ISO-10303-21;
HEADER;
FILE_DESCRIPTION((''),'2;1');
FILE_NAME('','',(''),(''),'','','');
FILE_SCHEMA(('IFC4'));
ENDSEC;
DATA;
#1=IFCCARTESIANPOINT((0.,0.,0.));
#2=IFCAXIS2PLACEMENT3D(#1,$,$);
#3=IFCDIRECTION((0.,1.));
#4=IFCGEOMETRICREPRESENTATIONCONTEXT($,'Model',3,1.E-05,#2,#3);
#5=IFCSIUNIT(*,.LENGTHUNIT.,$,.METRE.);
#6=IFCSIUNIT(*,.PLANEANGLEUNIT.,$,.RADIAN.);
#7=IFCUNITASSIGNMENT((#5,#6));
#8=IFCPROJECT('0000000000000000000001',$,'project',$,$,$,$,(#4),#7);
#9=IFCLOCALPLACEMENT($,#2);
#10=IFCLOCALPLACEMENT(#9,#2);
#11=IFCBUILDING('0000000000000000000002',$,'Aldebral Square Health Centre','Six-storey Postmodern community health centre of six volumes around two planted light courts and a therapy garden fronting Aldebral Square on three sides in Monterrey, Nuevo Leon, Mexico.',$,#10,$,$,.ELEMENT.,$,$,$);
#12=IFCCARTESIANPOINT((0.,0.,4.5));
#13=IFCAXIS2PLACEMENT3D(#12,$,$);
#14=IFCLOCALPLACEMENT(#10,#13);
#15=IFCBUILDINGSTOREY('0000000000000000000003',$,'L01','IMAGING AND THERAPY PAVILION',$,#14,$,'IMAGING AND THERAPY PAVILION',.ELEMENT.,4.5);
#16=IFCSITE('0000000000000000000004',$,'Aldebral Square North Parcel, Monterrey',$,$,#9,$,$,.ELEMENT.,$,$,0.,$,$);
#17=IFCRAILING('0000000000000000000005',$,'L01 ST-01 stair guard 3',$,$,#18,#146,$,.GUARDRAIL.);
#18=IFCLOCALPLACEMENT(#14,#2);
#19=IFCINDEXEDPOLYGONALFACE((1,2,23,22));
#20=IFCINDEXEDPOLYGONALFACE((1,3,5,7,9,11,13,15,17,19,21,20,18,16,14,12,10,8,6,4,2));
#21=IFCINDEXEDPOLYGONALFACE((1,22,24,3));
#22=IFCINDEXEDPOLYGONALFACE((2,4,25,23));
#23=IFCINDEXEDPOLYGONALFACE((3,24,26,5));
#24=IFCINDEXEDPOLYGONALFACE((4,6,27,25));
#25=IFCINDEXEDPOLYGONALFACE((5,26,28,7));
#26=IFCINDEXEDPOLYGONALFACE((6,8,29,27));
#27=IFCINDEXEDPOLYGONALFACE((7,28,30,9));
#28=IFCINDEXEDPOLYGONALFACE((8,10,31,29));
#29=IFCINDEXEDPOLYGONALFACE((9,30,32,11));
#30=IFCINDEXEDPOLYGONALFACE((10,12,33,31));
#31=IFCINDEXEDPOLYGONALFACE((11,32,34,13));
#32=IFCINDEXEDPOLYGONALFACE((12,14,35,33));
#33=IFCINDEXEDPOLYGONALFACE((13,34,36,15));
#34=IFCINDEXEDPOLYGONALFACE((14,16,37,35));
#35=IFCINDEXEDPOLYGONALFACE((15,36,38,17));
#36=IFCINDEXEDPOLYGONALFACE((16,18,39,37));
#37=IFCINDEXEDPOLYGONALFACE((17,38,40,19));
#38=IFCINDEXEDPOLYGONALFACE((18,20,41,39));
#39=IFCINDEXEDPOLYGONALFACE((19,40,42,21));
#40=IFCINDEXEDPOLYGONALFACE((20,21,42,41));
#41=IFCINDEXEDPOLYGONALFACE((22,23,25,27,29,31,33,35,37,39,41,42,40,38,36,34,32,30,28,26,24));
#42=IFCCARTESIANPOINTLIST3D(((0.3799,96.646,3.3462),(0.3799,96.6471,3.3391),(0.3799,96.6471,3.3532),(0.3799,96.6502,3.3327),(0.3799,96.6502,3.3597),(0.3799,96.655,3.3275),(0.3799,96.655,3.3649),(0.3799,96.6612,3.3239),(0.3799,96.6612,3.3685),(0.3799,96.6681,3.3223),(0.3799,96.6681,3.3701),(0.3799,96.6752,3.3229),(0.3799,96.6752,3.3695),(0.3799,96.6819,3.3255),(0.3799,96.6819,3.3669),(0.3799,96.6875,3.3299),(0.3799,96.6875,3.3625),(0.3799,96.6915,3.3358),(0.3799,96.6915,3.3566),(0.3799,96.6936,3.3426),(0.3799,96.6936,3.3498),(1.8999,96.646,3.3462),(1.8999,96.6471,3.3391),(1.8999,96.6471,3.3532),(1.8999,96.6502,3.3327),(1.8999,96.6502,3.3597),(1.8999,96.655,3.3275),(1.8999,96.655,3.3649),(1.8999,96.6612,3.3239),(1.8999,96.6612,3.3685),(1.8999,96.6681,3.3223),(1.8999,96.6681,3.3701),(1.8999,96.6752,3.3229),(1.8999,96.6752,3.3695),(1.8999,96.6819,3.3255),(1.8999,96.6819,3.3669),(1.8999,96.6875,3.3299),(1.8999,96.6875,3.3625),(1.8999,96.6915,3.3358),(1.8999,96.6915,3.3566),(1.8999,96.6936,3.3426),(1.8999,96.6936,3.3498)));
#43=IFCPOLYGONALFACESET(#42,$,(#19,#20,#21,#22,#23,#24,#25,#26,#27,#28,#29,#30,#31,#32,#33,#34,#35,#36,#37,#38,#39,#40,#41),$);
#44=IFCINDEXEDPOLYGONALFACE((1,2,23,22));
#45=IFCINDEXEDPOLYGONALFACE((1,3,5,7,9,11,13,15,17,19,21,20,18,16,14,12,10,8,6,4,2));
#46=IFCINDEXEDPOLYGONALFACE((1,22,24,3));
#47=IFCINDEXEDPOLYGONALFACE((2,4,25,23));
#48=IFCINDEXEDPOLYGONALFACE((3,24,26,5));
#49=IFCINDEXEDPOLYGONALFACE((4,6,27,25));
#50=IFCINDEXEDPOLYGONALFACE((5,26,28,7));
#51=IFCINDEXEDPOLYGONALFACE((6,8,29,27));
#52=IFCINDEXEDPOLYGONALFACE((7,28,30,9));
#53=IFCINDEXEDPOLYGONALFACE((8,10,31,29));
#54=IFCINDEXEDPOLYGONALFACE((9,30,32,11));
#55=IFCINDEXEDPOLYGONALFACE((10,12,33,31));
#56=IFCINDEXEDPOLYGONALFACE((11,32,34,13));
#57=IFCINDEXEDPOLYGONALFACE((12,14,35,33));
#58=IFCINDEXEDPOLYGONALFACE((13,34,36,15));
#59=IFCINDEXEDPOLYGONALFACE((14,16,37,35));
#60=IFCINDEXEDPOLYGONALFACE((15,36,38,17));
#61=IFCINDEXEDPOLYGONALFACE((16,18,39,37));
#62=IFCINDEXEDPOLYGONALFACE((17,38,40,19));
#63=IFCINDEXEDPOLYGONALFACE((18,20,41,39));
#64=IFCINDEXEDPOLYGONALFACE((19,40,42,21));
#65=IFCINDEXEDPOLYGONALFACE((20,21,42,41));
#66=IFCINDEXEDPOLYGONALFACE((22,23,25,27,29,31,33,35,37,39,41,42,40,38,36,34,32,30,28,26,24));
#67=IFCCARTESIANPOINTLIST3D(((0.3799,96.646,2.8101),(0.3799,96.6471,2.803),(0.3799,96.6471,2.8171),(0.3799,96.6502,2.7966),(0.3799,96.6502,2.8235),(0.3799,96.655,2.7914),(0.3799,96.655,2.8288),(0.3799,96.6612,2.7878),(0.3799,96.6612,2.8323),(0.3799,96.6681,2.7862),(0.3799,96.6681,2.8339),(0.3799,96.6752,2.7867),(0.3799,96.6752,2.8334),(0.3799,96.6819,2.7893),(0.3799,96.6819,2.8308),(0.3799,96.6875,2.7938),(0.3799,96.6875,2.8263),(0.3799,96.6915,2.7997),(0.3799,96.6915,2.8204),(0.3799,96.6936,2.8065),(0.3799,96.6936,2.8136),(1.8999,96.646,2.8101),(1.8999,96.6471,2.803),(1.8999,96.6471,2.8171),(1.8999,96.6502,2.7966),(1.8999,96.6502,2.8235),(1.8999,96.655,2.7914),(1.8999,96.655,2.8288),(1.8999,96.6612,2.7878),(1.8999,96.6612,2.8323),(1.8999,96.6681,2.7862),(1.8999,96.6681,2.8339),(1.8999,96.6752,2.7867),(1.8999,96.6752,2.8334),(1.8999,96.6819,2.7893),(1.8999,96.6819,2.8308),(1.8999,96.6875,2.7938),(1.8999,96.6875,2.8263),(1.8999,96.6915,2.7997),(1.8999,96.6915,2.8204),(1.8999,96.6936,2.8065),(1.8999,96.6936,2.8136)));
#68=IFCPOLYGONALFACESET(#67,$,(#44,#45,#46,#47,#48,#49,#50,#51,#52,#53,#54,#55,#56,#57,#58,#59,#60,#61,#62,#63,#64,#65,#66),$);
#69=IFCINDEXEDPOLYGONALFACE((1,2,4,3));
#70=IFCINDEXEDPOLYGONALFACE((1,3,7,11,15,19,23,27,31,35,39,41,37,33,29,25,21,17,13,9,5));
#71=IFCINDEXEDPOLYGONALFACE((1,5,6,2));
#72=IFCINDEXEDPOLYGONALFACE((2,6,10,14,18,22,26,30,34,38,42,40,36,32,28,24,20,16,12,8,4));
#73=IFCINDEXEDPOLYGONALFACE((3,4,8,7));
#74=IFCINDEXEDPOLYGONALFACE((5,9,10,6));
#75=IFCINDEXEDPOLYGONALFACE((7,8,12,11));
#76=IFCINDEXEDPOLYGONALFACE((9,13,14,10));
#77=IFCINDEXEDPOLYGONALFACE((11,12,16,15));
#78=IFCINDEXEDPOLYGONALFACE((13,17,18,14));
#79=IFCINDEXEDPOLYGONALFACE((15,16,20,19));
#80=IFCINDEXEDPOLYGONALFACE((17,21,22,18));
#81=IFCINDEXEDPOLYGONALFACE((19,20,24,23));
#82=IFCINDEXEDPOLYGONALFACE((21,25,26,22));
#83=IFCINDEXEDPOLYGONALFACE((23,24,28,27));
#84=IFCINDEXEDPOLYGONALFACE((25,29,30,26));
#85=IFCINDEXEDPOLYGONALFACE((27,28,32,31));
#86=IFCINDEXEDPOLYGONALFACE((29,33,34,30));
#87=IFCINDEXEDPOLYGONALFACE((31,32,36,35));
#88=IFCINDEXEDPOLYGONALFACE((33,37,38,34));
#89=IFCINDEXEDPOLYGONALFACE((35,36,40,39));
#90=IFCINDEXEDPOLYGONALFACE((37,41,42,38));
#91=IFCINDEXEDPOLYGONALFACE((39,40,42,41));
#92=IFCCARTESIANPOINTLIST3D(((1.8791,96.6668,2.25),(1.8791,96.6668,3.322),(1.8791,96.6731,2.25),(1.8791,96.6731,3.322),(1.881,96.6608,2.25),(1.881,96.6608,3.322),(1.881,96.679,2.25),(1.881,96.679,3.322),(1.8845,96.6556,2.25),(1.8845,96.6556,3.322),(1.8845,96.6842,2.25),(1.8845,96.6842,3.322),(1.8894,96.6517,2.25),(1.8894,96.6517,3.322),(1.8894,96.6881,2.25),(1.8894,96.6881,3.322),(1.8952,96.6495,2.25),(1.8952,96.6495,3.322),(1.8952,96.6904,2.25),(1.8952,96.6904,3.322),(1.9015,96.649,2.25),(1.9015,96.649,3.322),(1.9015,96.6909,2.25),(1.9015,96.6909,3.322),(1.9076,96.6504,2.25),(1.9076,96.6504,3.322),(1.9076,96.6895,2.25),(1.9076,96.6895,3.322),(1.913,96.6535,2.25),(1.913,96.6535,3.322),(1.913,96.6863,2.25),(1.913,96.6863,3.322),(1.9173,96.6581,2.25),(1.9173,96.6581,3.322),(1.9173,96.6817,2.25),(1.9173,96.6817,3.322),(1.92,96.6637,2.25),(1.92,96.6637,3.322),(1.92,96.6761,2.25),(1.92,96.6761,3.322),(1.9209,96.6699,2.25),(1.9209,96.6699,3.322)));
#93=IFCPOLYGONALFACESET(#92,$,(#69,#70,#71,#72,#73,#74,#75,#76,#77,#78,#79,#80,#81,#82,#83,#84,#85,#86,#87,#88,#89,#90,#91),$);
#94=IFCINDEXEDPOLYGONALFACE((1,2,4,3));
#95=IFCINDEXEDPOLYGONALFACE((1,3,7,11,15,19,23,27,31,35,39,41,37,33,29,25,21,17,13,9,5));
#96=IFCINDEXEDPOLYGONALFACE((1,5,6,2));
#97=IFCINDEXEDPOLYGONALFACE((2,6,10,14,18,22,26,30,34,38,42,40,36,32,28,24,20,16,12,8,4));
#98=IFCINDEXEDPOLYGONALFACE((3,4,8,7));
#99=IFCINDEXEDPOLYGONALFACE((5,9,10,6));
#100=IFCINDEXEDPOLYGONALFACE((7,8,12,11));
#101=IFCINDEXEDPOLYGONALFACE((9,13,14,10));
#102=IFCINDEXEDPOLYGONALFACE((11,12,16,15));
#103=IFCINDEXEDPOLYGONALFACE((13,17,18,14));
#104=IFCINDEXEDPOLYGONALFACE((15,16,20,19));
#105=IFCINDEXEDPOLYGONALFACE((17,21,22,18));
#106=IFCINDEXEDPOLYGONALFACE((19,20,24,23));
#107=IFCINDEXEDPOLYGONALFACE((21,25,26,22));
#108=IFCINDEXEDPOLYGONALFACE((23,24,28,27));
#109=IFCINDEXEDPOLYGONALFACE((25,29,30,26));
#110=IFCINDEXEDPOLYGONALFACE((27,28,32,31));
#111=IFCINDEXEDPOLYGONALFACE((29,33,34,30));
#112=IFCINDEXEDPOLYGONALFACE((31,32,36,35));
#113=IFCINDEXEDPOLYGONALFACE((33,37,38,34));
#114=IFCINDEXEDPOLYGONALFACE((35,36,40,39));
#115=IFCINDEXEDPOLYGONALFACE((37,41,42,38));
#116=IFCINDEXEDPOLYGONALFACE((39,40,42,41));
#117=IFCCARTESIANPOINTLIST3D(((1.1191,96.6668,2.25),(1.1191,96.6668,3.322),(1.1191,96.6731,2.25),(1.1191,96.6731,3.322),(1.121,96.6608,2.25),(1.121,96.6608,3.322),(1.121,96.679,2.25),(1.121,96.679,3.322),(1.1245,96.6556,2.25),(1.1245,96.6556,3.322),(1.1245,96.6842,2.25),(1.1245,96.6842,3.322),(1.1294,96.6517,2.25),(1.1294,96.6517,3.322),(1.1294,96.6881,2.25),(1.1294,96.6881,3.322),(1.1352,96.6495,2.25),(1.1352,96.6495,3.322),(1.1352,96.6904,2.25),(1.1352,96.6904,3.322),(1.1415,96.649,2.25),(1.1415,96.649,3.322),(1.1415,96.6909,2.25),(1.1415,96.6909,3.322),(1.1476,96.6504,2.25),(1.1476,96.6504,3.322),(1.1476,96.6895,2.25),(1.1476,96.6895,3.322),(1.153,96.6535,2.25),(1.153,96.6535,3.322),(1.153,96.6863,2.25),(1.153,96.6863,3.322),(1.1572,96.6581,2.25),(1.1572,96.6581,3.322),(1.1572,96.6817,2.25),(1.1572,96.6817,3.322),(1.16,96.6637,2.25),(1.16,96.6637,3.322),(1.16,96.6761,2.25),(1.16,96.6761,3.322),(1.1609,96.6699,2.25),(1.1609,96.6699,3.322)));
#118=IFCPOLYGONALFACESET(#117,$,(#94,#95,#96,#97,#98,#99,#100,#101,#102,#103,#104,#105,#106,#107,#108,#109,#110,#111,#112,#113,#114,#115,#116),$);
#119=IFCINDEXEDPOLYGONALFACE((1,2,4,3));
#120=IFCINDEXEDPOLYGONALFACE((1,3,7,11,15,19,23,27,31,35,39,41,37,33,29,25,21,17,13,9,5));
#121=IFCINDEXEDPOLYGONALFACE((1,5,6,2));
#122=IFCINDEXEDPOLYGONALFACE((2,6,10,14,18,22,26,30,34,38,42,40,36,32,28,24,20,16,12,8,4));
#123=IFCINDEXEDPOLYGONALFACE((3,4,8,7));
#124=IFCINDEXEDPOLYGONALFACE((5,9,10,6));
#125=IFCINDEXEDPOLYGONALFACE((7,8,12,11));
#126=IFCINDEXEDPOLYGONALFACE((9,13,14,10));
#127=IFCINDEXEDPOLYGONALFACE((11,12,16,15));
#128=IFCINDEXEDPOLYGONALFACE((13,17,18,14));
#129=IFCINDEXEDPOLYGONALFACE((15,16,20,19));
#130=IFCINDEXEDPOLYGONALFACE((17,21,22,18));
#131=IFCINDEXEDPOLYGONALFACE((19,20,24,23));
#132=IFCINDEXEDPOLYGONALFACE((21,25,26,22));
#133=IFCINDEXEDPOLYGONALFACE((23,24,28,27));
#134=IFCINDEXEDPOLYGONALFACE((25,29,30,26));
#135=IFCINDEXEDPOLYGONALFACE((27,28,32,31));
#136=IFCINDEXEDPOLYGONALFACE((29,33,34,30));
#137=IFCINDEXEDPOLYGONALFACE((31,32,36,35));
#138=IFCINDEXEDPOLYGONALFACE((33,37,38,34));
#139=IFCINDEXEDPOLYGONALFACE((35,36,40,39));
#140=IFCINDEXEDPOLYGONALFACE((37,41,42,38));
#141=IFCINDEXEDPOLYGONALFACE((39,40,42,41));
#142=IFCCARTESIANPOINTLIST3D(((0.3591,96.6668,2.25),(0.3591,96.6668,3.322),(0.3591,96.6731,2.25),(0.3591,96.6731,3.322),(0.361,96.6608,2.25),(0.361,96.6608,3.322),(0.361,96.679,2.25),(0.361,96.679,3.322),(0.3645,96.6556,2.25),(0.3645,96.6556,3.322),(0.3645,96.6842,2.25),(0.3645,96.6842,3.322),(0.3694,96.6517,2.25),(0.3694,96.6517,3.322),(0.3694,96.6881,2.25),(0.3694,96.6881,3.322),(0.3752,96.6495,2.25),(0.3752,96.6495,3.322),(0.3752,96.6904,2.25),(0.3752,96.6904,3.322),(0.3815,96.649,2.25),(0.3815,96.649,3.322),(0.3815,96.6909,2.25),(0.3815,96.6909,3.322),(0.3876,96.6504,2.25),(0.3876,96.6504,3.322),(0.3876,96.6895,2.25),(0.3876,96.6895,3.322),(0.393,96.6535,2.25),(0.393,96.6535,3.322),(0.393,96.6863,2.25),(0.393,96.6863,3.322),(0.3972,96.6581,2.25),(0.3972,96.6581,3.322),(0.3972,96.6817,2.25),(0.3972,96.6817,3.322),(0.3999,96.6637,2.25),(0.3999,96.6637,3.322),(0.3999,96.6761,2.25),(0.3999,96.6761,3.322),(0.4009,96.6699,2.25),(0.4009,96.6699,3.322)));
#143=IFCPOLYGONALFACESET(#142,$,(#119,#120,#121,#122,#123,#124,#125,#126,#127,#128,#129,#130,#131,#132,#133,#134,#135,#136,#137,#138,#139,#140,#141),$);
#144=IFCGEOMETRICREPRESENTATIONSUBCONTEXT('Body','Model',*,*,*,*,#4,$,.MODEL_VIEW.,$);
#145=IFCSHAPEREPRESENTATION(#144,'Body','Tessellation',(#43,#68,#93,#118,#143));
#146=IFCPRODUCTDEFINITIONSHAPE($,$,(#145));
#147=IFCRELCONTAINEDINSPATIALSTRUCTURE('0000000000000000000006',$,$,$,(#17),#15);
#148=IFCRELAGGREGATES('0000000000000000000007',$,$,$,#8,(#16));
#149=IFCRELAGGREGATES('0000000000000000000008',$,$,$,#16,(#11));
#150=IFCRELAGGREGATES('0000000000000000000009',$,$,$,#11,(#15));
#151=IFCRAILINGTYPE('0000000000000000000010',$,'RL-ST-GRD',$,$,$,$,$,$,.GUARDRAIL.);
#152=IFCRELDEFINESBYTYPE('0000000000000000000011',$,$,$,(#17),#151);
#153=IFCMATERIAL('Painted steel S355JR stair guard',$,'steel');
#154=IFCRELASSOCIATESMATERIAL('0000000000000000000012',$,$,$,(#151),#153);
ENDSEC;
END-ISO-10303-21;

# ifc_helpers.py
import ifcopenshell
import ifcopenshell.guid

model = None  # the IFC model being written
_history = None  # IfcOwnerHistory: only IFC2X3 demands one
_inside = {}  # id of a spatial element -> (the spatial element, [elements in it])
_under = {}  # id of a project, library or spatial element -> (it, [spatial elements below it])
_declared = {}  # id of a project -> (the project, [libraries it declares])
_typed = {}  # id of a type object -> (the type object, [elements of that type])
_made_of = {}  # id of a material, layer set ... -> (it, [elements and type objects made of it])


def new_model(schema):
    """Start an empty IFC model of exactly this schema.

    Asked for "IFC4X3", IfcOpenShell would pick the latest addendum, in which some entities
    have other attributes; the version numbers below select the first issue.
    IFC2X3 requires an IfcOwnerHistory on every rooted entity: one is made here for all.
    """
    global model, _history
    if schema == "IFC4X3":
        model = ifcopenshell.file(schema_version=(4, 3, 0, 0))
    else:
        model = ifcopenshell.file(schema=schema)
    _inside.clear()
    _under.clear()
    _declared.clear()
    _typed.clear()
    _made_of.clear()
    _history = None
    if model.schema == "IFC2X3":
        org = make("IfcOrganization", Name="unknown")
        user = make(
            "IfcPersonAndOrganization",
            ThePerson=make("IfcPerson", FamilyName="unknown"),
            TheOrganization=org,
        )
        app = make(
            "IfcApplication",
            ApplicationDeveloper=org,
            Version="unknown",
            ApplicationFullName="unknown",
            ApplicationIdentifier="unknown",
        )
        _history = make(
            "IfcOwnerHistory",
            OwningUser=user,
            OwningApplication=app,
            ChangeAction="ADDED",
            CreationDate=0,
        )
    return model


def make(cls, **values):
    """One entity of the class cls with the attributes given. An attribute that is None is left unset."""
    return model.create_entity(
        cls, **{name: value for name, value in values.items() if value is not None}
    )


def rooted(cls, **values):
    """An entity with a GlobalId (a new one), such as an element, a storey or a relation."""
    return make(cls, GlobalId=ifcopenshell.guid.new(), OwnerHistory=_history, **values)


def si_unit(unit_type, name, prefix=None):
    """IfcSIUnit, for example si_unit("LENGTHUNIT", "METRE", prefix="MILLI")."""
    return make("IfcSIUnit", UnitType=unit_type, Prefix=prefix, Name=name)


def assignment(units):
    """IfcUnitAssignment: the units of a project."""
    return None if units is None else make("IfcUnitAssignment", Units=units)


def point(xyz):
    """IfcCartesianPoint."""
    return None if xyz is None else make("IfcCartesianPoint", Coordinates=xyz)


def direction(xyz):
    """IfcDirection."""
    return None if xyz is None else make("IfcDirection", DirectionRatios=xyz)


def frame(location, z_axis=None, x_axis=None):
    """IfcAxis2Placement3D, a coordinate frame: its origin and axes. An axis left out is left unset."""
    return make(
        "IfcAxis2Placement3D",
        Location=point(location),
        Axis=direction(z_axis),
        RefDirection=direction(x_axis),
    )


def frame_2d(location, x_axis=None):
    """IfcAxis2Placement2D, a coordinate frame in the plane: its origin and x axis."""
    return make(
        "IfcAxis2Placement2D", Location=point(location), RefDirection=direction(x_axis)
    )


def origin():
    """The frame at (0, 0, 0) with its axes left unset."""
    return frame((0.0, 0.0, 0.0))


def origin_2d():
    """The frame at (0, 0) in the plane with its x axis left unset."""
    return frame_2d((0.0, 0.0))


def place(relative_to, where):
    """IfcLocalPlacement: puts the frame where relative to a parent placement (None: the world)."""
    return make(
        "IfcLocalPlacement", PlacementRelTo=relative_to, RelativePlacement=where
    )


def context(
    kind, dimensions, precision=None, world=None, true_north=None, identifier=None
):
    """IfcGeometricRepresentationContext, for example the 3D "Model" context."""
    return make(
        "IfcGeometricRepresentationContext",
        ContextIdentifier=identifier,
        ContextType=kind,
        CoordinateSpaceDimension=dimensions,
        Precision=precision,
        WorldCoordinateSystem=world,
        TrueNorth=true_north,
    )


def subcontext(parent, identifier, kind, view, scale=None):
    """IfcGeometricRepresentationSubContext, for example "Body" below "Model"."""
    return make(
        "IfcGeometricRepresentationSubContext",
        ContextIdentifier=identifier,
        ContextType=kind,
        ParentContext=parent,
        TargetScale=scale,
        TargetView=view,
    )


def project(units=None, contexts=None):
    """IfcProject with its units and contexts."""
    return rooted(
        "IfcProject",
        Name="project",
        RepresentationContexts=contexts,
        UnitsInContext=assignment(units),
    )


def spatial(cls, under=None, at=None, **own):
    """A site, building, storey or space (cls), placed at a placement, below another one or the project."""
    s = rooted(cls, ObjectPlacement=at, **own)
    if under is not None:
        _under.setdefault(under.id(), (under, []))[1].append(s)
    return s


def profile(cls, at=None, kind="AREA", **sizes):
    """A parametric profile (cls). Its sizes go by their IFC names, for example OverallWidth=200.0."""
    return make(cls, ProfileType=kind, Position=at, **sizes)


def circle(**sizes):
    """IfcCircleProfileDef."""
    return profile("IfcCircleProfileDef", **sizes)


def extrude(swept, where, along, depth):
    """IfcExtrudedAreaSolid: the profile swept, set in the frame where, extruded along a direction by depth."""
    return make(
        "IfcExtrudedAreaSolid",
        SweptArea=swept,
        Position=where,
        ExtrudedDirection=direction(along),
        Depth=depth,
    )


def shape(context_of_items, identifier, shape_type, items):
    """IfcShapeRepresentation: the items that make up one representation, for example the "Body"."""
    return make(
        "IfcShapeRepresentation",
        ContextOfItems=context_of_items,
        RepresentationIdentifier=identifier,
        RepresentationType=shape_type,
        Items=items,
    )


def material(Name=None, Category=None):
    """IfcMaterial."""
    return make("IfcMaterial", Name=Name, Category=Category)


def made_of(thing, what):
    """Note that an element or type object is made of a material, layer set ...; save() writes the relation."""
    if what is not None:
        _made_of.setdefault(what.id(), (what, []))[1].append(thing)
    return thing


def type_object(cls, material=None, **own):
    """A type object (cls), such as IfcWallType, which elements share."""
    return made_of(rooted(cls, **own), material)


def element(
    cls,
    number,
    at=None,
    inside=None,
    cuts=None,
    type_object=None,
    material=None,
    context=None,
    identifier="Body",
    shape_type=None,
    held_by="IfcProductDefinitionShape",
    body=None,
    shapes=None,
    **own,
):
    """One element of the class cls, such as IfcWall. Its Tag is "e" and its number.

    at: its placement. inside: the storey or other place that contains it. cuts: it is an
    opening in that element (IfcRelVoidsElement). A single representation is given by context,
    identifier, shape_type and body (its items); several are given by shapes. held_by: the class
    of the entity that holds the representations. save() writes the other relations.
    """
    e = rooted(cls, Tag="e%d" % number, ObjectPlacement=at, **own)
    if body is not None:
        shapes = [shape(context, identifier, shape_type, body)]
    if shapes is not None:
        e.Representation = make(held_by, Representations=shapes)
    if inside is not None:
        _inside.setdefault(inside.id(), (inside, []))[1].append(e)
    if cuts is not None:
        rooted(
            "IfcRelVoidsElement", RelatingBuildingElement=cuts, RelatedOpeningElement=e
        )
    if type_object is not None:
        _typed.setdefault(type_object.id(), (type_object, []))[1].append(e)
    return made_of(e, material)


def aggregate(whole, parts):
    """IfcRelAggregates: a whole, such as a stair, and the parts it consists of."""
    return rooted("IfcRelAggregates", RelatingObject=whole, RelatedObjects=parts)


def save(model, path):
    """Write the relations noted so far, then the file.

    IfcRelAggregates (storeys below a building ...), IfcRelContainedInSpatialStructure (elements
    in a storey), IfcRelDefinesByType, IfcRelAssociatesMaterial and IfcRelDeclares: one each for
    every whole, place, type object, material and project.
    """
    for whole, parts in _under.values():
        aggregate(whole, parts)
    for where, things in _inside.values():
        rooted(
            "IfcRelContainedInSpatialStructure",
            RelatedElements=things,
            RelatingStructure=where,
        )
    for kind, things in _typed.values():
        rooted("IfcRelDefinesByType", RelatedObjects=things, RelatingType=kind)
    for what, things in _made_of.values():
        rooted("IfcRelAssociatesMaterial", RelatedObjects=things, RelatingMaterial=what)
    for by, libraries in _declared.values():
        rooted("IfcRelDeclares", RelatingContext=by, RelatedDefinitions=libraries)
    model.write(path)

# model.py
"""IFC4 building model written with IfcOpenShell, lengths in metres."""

from ifc_helpers import new_model, si_unit, direction, frame, origin, origin_2d, place, context, subcontext, project, spatial, circle, extrude, material, type_object, element, save


model = new_model("IFC4")

# Units and contexts
model_context = context("Model", 3, precision=1e-05, world=origin(), true_north=direction((0.0, 1.0)))
body_context = subcontext(model_context, "Body", "Model", "MODEL_VIEW")
ifc_project = project(units=[si_unit("LENGTHUNIT", "METRE"), si_unit("PLANEANGLEUNIT", "RADIAN")], contexts=[model_context])

# Site, building, storey
site_placement = place(None, origin())
site = spatial("IfcSite", under=ifc_project, at=site_placement, Name="Aldebral Square North Parcel, Monterrey", CompositionType="ELEMENT", RefElevation=0.0)
building_placement = place(site_placement, origin())
building = spatial("IfcBuilding", under=site, at=building_placement, Name="Aldebral Square Health Centre", Description="Six-storey Postmodern community health centre of six volumes around two planted light courts and a therapy garden fronting Aldebral Square on three sides in Monterrey, Nuevo Leon, Mexico.", CompositionType="ELEMENT")
storey_placement = place(building_placement, frame((0.0, 0.0, 4.5)))
storey = spatial("IfcBuildingStorey", under=building, at=storey_placement, Name="L01", Description="IMAGING AND THERAPY PAVILION", LongName="IMAGING AND THERAPY PAVILION", CompositionType="ELEMENT", Elevation=4.5)

# Railing
ifc_material_1 = material(Name="Painted steel S355JR stair guard", Category="steel")
railing_type_1 = type_object("IfcRailingType", Name="RL-ST-GRD", PredefinedType="GUARDRAIL", material=ifc_material_1)
for number, where, name in (
    (1, (1.8999, 96.6699, 2.25), "L01 ST-01 stair guard 3"),
):
    element("IfcRailing", number, at=place(storey_placement, frame(where)), inside=storey, type_object=railing_type_1, Name=name, PredefinedType="GUARDRAIL", context=body_context, shape_type="SweptSolid", body=[
        extrude(circle(Radius=0.0239, at=origin_2d()), frame((0.0, 0.0, 1.0962), z_axis=(-1.0, 0.0, 0.0), x_axis=(0.0, -1.0, 0.0)), (0.0, 0.0, 1.0), 1.52),
        extrude(circle(Radius=0.0239, at=origin_2d()), frame((0.0, 0.0, 0.5601), z_axis=(-1.0, 0.0, 0.0), x_axis=(0.0, -1.0, 0.0)), (0.0, 0.0, 1.0), 1.52),
        extrude(circle(Radius=0.021, at=origin_2d()), origin(), (0.0, 0.0, 1.0), 1.072),
        extrude(circle(Radius=0.021, at=origin_2d()), frame((-0.76, 0.0, 0.0)), (0.0, 0.0, 1.0), 1.072),
        extrude(circle(Radius=0.021, at=origin_2d()), frame((-1.52, 0.0, 0.0)), (0.0, 0.0, 1.0), 1.072),
    ])

save(model, "model.ifc")
